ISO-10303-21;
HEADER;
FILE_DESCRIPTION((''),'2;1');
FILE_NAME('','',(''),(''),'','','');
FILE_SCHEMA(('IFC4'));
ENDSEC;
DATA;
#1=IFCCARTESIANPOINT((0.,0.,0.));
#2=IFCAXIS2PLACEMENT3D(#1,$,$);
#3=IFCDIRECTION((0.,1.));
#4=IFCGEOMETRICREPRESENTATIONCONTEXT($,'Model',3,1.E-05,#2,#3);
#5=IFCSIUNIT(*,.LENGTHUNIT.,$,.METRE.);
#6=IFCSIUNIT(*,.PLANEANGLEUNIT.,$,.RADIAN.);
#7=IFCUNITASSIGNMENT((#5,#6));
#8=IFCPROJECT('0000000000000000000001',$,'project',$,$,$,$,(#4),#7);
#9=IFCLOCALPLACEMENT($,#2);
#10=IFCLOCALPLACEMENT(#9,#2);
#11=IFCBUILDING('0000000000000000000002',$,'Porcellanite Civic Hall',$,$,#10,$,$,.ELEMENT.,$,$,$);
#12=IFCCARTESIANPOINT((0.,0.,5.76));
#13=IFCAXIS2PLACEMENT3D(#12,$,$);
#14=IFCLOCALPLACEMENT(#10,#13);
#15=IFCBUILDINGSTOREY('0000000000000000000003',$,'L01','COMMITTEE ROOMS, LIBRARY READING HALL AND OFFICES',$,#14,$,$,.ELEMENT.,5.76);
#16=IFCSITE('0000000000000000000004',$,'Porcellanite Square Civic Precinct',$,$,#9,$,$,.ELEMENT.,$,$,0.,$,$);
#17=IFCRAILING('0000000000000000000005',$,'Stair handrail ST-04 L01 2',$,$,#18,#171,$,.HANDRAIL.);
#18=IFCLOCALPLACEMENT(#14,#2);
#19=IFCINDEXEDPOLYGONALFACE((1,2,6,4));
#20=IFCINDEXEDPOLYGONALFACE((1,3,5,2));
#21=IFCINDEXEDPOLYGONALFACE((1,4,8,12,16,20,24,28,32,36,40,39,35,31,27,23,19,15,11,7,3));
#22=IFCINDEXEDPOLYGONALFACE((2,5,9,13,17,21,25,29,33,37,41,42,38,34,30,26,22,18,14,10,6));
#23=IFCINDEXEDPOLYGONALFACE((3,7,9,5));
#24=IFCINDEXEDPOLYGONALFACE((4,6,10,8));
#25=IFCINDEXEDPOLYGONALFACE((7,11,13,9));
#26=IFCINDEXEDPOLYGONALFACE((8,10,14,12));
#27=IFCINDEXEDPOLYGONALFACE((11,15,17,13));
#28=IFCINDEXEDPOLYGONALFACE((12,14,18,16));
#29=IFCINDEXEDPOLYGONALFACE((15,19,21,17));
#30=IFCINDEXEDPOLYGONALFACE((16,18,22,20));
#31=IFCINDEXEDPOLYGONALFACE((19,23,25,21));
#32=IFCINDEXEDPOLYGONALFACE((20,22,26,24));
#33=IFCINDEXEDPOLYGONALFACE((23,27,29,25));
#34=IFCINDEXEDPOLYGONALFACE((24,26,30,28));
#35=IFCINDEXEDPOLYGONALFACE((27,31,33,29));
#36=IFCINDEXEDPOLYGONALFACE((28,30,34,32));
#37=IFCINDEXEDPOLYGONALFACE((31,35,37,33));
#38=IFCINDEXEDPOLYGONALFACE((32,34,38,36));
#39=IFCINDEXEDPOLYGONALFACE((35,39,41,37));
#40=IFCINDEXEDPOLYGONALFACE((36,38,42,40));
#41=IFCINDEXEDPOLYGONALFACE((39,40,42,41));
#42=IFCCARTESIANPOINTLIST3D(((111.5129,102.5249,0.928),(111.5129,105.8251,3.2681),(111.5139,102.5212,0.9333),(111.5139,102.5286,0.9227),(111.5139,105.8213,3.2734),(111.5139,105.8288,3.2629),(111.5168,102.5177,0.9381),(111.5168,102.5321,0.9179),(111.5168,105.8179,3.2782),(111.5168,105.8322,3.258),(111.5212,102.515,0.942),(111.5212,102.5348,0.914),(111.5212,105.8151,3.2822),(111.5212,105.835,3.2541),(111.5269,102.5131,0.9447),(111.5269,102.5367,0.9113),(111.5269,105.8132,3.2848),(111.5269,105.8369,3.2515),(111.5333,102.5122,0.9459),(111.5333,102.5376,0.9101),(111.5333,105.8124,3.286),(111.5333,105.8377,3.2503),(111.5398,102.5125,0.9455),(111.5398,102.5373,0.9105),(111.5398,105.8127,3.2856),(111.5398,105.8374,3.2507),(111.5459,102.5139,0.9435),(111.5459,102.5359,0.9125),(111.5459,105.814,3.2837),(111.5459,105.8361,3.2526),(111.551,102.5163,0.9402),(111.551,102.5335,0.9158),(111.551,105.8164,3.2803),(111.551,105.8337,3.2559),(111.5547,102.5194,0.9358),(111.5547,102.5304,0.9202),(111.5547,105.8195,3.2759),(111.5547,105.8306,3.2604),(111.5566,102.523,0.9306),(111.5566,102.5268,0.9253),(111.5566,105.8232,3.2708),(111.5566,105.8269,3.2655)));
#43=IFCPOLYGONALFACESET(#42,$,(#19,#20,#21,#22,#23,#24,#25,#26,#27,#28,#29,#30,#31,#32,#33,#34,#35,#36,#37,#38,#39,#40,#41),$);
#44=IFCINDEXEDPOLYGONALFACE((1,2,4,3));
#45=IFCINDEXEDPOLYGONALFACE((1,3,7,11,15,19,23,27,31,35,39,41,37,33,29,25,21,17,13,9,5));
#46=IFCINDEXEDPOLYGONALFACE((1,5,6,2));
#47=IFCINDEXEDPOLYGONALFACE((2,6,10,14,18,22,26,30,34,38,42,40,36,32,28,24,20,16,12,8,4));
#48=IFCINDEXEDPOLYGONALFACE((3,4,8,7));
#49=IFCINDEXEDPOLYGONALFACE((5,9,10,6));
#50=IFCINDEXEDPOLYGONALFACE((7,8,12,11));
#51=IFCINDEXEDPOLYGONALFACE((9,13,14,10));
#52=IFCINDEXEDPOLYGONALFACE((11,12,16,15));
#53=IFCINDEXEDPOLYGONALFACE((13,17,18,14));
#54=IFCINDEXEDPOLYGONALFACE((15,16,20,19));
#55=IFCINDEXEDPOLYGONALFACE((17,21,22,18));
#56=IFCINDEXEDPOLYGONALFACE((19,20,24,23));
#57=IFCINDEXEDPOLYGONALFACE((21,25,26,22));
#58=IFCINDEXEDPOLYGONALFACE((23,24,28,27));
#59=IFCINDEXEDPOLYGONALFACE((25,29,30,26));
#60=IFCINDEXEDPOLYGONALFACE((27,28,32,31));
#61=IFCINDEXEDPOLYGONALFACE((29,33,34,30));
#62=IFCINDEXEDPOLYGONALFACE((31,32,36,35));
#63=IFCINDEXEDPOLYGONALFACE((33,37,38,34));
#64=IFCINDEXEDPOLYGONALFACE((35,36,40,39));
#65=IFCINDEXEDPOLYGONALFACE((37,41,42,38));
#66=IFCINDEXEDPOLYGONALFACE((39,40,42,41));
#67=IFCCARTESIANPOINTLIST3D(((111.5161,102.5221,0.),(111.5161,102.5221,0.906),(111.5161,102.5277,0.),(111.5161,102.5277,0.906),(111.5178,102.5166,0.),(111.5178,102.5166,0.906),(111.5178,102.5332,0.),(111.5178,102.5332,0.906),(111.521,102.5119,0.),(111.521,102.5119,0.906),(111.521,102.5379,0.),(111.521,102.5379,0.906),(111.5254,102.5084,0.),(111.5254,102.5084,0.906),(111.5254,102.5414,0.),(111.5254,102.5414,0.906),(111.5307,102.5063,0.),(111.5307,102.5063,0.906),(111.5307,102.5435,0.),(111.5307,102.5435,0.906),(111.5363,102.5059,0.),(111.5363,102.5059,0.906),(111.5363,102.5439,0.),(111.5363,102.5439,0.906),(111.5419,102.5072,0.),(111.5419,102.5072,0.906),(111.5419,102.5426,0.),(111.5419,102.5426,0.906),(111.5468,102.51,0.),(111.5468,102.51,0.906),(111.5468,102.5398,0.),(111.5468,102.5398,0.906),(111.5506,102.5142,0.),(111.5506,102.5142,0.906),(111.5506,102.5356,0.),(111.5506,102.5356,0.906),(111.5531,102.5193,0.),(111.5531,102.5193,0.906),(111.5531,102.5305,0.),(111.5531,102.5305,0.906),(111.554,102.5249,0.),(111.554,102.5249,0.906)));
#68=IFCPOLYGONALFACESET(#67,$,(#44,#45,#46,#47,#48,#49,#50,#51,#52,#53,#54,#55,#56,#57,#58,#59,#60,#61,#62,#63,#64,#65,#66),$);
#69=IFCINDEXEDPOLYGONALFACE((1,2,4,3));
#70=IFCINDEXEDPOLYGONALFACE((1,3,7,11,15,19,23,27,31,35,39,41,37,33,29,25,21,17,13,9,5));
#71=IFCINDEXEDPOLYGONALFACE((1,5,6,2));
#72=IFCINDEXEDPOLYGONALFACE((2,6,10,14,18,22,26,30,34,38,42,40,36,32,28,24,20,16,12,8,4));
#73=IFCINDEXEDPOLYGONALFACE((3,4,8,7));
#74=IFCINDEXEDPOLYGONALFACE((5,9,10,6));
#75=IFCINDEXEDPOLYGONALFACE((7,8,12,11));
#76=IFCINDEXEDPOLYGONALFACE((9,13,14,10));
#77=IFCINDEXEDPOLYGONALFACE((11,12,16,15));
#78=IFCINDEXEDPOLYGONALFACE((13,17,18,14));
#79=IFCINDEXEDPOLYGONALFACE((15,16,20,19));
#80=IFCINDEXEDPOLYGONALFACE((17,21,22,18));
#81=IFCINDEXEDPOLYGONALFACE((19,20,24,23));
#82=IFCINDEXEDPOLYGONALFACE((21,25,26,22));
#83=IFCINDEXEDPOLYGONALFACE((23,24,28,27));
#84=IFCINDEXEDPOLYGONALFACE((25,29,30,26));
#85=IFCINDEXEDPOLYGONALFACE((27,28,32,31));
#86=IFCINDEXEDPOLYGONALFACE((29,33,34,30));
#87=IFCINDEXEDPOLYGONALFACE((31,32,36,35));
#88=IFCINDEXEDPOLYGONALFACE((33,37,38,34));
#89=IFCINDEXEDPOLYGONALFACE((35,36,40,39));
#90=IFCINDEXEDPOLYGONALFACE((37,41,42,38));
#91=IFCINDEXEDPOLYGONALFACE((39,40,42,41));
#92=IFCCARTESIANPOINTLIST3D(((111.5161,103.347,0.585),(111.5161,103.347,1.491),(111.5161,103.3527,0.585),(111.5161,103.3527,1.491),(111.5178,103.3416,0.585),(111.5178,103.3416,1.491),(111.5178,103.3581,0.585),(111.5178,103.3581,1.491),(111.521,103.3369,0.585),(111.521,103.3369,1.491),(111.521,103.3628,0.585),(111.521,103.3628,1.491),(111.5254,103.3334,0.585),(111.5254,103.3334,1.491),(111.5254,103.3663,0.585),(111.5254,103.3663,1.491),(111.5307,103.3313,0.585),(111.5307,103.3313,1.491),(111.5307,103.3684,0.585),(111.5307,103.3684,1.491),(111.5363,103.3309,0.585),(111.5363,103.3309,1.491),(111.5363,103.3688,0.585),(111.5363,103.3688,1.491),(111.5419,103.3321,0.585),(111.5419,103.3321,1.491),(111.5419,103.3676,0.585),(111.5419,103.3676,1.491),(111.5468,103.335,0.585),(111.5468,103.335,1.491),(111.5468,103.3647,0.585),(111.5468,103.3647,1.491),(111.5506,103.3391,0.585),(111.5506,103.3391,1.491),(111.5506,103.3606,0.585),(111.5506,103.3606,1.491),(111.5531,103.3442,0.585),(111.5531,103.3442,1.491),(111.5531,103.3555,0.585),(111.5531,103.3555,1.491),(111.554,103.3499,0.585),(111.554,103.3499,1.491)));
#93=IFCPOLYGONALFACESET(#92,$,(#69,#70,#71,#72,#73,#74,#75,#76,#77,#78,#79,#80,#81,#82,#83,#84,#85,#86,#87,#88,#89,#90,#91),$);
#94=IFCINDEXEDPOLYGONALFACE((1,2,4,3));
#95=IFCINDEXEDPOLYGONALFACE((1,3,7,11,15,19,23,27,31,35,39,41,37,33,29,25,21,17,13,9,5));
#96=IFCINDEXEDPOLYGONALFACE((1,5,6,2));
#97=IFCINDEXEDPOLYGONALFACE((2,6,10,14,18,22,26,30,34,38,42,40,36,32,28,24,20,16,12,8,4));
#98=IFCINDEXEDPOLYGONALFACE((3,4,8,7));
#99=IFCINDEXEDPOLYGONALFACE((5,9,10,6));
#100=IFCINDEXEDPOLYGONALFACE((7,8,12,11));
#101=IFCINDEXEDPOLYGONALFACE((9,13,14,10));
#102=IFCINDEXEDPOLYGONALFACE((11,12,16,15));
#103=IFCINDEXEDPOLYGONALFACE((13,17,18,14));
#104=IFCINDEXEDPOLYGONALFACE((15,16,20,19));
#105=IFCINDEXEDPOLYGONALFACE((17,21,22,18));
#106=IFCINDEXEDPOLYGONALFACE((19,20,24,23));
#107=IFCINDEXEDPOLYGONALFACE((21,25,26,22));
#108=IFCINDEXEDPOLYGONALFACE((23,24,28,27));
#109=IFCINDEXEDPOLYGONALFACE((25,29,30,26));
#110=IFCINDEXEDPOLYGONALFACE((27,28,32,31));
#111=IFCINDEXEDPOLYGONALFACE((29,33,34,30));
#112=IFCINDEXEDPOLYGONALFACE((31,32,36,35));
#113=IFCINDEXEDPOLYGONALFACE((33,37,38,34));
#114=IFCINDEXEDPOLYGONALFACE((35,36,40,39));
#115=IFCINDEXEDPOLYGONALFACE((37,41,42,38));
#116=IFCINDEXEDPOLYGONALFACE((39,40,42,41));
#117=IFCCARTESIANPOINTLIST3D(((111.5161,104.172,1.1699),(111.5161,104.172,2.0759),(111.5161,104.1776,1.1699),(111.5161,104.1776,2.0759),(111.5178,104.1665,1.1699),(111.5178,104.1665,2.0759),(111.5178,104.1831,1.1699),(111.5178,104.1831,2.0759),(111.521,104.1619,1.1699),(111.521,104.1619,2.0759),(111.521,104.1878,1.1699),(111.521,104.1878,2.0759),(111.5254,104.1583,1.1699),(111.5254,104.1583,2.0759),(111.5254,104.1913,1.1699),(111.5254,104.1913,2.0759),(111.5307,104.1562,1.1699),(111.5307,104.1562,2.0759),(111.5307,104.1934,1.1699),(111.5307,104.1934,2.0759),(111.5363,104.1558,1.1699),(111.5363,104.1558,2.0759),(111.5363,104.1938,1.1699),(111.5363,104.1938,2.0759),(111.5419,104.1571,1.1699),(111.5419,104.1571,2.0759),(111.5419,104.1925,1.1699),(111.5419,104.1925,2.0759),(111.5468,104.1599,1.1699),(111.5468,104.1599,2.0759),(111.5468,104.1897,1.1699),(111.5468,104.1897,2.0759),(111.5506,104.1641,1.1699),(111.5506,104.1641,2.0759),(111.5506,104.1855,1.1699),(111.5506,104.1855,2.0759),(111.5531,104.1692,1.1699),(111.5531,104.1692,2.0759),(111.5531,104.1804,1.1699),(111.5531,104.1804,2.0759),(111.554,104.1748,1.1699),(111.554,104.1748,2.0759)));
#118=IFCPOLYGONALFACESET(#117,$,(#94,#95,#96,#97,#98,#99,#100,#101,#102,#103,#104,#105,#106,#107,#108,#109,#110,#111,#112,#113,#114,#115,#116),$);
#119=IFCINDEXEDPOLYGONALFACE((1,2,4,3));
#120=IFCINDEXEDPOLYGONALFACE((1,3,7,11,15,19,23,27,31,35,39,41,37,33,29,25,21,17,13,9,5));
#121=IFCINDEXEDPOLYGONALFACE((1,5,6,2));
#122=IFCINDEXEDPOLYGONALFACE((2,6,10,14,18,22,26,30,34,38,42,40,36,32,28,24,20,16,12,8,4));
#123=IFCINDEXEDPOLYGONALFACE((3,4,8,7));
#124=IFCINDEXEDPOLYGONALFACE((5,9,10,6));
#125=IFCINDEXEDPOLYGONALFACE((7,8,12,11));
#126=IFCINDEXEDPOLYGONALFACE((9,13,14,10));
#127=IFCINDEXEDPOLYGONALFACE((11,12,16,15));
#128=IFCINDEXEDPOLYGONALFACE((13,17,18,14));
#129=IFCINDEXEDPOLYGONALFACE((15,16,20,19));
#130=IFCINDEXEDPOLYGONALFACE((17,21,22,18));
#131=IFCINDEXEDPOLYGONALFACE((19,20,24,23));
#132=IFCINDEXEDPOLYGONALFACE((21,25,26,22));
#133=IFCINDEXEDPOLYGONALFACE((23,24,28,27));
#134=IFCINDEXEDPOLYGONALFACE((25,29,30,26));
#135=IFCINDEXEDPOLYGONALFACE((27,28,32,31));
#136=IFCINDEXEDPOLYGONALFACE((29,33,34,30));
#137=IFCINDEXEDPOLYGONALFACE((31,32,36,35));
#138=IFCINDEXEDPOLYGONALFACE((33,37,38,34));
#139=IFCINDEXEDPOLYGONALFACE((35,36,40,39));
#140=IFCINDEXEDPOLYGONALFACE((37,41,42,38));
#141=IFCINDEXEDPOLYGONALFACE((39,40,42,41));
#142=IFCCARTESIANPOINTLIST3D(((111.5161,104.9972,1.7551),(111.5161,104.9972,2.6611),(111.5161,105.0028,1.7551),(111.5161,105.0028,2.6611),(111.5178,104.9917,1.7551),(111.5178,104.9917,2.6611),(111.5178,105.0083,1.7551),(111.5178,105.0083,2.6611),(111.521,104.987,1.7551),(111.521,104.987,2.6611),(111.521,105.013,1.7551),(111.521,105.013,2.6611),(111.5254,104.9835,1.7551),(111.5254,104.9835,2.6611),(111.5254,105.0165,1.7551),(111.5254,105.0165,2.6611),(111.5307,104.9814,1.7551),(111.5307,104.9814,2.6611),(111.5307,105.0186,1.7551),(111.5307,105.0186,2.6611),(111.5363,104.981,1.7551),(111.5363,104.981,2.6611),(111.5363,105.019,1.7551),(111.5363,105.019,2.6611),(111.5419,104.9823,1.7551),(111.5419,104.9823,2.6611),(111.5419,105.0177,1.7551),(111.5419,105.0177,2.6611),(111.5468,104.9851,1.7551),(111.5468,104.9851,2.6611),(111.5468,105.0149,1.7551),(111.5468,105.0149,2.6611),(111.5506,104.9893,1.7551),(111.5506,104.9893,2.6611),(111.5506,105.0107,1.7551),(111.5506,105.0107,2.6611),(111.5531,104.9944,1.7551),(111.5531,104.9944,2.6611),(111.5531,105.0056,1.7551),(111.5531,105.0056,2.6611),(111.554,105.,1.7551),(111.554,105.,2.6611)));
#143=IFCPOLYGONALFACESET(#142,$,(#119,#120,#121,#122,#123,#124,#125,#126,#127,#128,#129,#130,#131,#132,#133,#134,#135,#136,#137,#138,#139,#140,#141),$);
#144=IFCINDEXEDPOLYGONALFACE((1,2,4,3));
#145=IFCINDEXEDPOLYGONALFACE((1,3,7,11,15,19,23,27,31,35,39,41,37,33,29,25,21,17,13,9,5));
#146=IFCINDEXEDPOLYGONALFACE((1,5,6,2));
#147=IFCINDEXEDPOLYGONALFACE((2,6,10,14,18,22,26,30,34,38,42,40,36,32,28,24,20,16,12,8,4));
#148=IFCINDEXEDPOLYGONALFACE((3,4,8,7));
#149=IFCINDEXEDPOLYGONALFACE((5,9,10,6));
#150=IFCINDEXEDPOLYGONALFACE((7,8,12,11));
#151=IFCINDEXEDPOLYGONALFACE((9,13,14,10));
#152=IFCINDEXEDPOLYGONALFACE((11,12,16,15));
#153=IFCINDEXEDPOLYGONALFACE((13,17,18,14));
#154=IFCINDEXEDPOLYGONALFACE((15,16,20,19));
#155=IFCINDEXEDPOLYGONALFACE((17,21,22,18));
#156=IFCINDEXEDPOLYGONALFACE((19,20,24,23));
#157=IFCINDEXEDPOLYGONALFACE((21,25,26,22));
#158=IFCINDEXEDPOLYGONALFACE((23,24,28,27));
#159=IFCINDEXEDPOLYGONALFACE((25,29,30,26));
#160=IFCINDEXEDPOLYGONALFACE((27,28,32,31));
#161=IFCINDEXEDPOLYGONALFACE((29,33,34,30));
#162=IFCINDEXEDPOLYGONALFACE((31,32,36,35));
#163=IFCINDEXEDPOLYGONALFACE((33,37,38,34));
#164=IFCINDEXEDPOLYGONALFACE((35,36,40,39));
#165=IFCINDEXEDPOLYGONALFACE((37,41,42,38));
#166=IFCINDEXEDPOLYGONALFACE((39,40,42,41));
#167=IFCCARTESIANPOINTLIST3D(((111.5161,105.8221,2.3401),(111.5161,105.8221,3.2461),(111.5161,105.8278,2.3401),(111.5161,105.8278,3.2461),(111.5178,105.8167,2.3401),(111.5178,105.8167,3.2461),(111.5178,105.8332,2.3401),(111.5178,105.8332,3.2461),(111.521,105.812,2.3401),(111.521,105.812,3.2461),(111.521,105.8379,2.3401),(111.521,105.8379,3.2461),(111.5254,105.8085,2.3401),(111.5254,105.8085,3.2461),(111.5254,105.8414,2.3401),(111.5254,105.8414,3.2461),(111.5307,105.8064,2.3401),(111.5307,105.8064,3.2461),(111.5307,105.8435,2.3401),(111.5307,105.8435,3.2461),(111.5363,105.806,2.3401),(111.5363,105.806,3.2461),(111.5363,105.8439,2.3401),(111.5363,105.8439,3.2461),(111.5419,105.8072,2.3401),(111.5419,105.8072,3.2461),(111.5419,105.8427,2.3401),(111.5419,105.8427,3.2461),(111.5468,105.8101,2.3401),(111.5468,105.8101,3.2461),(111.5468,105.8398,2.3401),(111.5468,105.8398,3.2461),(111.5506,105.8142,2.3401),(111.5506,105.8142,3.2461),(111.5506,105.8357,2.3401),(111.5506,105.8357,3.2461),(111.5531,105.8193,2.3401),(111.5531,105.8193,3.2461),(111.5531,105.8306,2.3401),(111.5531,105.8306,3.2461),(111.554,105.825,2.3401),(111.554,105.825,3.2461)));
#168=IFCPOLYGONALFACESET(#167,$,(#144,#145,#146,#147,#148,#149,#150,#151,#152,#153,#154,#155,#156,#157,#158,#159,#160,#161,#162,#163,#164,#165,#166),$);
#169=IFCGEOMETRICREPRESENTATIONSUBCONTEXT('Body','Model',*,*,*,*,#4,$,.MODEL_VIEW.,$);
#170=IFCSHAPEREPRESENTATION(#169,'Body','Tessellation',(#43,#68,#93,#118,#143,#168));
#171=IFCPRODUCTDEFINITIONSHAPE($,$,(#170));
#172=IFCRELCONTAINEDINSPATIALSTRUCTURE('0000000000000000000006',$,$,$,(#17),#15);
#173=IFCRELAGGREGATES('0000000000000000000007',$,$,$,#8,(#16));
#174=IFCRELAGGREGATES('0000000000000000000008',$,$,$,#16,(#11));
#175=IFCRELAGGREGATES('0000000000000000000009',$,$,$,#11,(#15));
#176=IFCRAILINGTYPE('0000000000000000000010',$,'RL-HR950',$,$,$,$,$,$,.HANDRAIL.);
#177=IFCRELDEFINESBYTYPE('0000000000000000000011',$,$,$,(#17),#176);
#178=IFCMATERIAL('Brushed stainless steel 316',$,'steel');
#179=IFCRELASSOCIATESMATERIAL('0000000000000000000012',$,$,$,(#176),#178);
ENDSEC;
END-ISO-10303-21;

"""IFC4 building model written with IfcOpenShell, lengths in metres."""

from ifc_helpers import new_model, si_unit, direction, frame, origin, origin_2d, place, context, subcontext, project, spatial, circle, extrude, material, type_object, element, save


model = new_model("IFC4")

# Units and contexts
model_context = context("Model", 3, precision=1e-05, world=origin(), true_north=direction((0.0, 1.0)))
body_context = subcontext(model_context, "Body", "Model", "MODEL_VIEW")
ifc_project = project(units=[si_unit("LENGTHUNIT", "METRE"), si_unit("PLANEANGLEUNIT", "RADIAN")], contexts=[model_context])

# Site, building, storey
site_placement = place(None, origin())
site = spatial("IfcSite", under=ifc_project, at=site_placement, Name="Porcellanite Square Civic Precinct", CompositionType="ELEMENT", RefElevation=0.0)
building_placement = place(site_placement, origin())
building = spatial("IfcBuilding", under=site, at=building_placement, Name="Porcellanite Civic Hall", CompositionType="ELEMENT")
storey_placement = place(building_placement, frame((0.0, 0.0, 5.76)))
storey = spatial("IfcBuildingStorey", under=building, at=storey_placement, Name="L01", Description="COMMITTEE ROOMS, LIBRARY READING HALL AND OFFICES", CompositionType="ELEMENT", Elevation=5.76)

# Railing
ifc_material_1 = material(Name="Brushed stainless steel 316", Category="steel")
railing_type_1 = type_object("IfcRailingType", Name="RL-HR950", PredefinedType="HANDRAIL", material=ifc_material_1)
railing_1_placement = place(storey_placement, frame((111.5349, 102.5249, 0.0)))
element("IfcRailing", 1, at=railing_1_placement, inside=storey, type_object=railing_type_1, Name="Stair handrail ST-04 L01 2", PredefinedType="HANDRAIL", context=body_context, shape_type="SweptSolid", body=[
    extrude(circle(Radius=0.022, at=origin_2d()), frame((0.0, 0.0, 0.928), z_axis=(0.0, 0.815727, 0.578438), x_axis=(-1.0, 0.0, 0.0)), (0.0, 0.0, 1.0), 4.0457),
    extrude(circle(Radius=0.019, at=origin_2d()), origin(), (0.0, 0.0, 1.0), 0.906),
    extrude(circle(Radius=0.019, at=origin_2d()), frame((0.0, 0.825, 0.585)), (0.0, 0.0, 1.0), 0.906),
    extrude(circle(Radius=0.019, at=origin_2d()), frame((0.0, 1.6499, 1.1699)), (0.0, 0.0, 1.0), 0.906),
    extrude(circle(Radius=0.019, at=origin_2d()), frame((0.0, 2.4751, 1.7551)), (0.0, 0.0, 1.0), 0.906),
    extrude(circle(Radius=0.019, at=origin_2d()), frame((0.0, 3.3, 2.3401)), (0.0, 0.0, 1.0), 0.906),
])

save(model, "model.ifc")
